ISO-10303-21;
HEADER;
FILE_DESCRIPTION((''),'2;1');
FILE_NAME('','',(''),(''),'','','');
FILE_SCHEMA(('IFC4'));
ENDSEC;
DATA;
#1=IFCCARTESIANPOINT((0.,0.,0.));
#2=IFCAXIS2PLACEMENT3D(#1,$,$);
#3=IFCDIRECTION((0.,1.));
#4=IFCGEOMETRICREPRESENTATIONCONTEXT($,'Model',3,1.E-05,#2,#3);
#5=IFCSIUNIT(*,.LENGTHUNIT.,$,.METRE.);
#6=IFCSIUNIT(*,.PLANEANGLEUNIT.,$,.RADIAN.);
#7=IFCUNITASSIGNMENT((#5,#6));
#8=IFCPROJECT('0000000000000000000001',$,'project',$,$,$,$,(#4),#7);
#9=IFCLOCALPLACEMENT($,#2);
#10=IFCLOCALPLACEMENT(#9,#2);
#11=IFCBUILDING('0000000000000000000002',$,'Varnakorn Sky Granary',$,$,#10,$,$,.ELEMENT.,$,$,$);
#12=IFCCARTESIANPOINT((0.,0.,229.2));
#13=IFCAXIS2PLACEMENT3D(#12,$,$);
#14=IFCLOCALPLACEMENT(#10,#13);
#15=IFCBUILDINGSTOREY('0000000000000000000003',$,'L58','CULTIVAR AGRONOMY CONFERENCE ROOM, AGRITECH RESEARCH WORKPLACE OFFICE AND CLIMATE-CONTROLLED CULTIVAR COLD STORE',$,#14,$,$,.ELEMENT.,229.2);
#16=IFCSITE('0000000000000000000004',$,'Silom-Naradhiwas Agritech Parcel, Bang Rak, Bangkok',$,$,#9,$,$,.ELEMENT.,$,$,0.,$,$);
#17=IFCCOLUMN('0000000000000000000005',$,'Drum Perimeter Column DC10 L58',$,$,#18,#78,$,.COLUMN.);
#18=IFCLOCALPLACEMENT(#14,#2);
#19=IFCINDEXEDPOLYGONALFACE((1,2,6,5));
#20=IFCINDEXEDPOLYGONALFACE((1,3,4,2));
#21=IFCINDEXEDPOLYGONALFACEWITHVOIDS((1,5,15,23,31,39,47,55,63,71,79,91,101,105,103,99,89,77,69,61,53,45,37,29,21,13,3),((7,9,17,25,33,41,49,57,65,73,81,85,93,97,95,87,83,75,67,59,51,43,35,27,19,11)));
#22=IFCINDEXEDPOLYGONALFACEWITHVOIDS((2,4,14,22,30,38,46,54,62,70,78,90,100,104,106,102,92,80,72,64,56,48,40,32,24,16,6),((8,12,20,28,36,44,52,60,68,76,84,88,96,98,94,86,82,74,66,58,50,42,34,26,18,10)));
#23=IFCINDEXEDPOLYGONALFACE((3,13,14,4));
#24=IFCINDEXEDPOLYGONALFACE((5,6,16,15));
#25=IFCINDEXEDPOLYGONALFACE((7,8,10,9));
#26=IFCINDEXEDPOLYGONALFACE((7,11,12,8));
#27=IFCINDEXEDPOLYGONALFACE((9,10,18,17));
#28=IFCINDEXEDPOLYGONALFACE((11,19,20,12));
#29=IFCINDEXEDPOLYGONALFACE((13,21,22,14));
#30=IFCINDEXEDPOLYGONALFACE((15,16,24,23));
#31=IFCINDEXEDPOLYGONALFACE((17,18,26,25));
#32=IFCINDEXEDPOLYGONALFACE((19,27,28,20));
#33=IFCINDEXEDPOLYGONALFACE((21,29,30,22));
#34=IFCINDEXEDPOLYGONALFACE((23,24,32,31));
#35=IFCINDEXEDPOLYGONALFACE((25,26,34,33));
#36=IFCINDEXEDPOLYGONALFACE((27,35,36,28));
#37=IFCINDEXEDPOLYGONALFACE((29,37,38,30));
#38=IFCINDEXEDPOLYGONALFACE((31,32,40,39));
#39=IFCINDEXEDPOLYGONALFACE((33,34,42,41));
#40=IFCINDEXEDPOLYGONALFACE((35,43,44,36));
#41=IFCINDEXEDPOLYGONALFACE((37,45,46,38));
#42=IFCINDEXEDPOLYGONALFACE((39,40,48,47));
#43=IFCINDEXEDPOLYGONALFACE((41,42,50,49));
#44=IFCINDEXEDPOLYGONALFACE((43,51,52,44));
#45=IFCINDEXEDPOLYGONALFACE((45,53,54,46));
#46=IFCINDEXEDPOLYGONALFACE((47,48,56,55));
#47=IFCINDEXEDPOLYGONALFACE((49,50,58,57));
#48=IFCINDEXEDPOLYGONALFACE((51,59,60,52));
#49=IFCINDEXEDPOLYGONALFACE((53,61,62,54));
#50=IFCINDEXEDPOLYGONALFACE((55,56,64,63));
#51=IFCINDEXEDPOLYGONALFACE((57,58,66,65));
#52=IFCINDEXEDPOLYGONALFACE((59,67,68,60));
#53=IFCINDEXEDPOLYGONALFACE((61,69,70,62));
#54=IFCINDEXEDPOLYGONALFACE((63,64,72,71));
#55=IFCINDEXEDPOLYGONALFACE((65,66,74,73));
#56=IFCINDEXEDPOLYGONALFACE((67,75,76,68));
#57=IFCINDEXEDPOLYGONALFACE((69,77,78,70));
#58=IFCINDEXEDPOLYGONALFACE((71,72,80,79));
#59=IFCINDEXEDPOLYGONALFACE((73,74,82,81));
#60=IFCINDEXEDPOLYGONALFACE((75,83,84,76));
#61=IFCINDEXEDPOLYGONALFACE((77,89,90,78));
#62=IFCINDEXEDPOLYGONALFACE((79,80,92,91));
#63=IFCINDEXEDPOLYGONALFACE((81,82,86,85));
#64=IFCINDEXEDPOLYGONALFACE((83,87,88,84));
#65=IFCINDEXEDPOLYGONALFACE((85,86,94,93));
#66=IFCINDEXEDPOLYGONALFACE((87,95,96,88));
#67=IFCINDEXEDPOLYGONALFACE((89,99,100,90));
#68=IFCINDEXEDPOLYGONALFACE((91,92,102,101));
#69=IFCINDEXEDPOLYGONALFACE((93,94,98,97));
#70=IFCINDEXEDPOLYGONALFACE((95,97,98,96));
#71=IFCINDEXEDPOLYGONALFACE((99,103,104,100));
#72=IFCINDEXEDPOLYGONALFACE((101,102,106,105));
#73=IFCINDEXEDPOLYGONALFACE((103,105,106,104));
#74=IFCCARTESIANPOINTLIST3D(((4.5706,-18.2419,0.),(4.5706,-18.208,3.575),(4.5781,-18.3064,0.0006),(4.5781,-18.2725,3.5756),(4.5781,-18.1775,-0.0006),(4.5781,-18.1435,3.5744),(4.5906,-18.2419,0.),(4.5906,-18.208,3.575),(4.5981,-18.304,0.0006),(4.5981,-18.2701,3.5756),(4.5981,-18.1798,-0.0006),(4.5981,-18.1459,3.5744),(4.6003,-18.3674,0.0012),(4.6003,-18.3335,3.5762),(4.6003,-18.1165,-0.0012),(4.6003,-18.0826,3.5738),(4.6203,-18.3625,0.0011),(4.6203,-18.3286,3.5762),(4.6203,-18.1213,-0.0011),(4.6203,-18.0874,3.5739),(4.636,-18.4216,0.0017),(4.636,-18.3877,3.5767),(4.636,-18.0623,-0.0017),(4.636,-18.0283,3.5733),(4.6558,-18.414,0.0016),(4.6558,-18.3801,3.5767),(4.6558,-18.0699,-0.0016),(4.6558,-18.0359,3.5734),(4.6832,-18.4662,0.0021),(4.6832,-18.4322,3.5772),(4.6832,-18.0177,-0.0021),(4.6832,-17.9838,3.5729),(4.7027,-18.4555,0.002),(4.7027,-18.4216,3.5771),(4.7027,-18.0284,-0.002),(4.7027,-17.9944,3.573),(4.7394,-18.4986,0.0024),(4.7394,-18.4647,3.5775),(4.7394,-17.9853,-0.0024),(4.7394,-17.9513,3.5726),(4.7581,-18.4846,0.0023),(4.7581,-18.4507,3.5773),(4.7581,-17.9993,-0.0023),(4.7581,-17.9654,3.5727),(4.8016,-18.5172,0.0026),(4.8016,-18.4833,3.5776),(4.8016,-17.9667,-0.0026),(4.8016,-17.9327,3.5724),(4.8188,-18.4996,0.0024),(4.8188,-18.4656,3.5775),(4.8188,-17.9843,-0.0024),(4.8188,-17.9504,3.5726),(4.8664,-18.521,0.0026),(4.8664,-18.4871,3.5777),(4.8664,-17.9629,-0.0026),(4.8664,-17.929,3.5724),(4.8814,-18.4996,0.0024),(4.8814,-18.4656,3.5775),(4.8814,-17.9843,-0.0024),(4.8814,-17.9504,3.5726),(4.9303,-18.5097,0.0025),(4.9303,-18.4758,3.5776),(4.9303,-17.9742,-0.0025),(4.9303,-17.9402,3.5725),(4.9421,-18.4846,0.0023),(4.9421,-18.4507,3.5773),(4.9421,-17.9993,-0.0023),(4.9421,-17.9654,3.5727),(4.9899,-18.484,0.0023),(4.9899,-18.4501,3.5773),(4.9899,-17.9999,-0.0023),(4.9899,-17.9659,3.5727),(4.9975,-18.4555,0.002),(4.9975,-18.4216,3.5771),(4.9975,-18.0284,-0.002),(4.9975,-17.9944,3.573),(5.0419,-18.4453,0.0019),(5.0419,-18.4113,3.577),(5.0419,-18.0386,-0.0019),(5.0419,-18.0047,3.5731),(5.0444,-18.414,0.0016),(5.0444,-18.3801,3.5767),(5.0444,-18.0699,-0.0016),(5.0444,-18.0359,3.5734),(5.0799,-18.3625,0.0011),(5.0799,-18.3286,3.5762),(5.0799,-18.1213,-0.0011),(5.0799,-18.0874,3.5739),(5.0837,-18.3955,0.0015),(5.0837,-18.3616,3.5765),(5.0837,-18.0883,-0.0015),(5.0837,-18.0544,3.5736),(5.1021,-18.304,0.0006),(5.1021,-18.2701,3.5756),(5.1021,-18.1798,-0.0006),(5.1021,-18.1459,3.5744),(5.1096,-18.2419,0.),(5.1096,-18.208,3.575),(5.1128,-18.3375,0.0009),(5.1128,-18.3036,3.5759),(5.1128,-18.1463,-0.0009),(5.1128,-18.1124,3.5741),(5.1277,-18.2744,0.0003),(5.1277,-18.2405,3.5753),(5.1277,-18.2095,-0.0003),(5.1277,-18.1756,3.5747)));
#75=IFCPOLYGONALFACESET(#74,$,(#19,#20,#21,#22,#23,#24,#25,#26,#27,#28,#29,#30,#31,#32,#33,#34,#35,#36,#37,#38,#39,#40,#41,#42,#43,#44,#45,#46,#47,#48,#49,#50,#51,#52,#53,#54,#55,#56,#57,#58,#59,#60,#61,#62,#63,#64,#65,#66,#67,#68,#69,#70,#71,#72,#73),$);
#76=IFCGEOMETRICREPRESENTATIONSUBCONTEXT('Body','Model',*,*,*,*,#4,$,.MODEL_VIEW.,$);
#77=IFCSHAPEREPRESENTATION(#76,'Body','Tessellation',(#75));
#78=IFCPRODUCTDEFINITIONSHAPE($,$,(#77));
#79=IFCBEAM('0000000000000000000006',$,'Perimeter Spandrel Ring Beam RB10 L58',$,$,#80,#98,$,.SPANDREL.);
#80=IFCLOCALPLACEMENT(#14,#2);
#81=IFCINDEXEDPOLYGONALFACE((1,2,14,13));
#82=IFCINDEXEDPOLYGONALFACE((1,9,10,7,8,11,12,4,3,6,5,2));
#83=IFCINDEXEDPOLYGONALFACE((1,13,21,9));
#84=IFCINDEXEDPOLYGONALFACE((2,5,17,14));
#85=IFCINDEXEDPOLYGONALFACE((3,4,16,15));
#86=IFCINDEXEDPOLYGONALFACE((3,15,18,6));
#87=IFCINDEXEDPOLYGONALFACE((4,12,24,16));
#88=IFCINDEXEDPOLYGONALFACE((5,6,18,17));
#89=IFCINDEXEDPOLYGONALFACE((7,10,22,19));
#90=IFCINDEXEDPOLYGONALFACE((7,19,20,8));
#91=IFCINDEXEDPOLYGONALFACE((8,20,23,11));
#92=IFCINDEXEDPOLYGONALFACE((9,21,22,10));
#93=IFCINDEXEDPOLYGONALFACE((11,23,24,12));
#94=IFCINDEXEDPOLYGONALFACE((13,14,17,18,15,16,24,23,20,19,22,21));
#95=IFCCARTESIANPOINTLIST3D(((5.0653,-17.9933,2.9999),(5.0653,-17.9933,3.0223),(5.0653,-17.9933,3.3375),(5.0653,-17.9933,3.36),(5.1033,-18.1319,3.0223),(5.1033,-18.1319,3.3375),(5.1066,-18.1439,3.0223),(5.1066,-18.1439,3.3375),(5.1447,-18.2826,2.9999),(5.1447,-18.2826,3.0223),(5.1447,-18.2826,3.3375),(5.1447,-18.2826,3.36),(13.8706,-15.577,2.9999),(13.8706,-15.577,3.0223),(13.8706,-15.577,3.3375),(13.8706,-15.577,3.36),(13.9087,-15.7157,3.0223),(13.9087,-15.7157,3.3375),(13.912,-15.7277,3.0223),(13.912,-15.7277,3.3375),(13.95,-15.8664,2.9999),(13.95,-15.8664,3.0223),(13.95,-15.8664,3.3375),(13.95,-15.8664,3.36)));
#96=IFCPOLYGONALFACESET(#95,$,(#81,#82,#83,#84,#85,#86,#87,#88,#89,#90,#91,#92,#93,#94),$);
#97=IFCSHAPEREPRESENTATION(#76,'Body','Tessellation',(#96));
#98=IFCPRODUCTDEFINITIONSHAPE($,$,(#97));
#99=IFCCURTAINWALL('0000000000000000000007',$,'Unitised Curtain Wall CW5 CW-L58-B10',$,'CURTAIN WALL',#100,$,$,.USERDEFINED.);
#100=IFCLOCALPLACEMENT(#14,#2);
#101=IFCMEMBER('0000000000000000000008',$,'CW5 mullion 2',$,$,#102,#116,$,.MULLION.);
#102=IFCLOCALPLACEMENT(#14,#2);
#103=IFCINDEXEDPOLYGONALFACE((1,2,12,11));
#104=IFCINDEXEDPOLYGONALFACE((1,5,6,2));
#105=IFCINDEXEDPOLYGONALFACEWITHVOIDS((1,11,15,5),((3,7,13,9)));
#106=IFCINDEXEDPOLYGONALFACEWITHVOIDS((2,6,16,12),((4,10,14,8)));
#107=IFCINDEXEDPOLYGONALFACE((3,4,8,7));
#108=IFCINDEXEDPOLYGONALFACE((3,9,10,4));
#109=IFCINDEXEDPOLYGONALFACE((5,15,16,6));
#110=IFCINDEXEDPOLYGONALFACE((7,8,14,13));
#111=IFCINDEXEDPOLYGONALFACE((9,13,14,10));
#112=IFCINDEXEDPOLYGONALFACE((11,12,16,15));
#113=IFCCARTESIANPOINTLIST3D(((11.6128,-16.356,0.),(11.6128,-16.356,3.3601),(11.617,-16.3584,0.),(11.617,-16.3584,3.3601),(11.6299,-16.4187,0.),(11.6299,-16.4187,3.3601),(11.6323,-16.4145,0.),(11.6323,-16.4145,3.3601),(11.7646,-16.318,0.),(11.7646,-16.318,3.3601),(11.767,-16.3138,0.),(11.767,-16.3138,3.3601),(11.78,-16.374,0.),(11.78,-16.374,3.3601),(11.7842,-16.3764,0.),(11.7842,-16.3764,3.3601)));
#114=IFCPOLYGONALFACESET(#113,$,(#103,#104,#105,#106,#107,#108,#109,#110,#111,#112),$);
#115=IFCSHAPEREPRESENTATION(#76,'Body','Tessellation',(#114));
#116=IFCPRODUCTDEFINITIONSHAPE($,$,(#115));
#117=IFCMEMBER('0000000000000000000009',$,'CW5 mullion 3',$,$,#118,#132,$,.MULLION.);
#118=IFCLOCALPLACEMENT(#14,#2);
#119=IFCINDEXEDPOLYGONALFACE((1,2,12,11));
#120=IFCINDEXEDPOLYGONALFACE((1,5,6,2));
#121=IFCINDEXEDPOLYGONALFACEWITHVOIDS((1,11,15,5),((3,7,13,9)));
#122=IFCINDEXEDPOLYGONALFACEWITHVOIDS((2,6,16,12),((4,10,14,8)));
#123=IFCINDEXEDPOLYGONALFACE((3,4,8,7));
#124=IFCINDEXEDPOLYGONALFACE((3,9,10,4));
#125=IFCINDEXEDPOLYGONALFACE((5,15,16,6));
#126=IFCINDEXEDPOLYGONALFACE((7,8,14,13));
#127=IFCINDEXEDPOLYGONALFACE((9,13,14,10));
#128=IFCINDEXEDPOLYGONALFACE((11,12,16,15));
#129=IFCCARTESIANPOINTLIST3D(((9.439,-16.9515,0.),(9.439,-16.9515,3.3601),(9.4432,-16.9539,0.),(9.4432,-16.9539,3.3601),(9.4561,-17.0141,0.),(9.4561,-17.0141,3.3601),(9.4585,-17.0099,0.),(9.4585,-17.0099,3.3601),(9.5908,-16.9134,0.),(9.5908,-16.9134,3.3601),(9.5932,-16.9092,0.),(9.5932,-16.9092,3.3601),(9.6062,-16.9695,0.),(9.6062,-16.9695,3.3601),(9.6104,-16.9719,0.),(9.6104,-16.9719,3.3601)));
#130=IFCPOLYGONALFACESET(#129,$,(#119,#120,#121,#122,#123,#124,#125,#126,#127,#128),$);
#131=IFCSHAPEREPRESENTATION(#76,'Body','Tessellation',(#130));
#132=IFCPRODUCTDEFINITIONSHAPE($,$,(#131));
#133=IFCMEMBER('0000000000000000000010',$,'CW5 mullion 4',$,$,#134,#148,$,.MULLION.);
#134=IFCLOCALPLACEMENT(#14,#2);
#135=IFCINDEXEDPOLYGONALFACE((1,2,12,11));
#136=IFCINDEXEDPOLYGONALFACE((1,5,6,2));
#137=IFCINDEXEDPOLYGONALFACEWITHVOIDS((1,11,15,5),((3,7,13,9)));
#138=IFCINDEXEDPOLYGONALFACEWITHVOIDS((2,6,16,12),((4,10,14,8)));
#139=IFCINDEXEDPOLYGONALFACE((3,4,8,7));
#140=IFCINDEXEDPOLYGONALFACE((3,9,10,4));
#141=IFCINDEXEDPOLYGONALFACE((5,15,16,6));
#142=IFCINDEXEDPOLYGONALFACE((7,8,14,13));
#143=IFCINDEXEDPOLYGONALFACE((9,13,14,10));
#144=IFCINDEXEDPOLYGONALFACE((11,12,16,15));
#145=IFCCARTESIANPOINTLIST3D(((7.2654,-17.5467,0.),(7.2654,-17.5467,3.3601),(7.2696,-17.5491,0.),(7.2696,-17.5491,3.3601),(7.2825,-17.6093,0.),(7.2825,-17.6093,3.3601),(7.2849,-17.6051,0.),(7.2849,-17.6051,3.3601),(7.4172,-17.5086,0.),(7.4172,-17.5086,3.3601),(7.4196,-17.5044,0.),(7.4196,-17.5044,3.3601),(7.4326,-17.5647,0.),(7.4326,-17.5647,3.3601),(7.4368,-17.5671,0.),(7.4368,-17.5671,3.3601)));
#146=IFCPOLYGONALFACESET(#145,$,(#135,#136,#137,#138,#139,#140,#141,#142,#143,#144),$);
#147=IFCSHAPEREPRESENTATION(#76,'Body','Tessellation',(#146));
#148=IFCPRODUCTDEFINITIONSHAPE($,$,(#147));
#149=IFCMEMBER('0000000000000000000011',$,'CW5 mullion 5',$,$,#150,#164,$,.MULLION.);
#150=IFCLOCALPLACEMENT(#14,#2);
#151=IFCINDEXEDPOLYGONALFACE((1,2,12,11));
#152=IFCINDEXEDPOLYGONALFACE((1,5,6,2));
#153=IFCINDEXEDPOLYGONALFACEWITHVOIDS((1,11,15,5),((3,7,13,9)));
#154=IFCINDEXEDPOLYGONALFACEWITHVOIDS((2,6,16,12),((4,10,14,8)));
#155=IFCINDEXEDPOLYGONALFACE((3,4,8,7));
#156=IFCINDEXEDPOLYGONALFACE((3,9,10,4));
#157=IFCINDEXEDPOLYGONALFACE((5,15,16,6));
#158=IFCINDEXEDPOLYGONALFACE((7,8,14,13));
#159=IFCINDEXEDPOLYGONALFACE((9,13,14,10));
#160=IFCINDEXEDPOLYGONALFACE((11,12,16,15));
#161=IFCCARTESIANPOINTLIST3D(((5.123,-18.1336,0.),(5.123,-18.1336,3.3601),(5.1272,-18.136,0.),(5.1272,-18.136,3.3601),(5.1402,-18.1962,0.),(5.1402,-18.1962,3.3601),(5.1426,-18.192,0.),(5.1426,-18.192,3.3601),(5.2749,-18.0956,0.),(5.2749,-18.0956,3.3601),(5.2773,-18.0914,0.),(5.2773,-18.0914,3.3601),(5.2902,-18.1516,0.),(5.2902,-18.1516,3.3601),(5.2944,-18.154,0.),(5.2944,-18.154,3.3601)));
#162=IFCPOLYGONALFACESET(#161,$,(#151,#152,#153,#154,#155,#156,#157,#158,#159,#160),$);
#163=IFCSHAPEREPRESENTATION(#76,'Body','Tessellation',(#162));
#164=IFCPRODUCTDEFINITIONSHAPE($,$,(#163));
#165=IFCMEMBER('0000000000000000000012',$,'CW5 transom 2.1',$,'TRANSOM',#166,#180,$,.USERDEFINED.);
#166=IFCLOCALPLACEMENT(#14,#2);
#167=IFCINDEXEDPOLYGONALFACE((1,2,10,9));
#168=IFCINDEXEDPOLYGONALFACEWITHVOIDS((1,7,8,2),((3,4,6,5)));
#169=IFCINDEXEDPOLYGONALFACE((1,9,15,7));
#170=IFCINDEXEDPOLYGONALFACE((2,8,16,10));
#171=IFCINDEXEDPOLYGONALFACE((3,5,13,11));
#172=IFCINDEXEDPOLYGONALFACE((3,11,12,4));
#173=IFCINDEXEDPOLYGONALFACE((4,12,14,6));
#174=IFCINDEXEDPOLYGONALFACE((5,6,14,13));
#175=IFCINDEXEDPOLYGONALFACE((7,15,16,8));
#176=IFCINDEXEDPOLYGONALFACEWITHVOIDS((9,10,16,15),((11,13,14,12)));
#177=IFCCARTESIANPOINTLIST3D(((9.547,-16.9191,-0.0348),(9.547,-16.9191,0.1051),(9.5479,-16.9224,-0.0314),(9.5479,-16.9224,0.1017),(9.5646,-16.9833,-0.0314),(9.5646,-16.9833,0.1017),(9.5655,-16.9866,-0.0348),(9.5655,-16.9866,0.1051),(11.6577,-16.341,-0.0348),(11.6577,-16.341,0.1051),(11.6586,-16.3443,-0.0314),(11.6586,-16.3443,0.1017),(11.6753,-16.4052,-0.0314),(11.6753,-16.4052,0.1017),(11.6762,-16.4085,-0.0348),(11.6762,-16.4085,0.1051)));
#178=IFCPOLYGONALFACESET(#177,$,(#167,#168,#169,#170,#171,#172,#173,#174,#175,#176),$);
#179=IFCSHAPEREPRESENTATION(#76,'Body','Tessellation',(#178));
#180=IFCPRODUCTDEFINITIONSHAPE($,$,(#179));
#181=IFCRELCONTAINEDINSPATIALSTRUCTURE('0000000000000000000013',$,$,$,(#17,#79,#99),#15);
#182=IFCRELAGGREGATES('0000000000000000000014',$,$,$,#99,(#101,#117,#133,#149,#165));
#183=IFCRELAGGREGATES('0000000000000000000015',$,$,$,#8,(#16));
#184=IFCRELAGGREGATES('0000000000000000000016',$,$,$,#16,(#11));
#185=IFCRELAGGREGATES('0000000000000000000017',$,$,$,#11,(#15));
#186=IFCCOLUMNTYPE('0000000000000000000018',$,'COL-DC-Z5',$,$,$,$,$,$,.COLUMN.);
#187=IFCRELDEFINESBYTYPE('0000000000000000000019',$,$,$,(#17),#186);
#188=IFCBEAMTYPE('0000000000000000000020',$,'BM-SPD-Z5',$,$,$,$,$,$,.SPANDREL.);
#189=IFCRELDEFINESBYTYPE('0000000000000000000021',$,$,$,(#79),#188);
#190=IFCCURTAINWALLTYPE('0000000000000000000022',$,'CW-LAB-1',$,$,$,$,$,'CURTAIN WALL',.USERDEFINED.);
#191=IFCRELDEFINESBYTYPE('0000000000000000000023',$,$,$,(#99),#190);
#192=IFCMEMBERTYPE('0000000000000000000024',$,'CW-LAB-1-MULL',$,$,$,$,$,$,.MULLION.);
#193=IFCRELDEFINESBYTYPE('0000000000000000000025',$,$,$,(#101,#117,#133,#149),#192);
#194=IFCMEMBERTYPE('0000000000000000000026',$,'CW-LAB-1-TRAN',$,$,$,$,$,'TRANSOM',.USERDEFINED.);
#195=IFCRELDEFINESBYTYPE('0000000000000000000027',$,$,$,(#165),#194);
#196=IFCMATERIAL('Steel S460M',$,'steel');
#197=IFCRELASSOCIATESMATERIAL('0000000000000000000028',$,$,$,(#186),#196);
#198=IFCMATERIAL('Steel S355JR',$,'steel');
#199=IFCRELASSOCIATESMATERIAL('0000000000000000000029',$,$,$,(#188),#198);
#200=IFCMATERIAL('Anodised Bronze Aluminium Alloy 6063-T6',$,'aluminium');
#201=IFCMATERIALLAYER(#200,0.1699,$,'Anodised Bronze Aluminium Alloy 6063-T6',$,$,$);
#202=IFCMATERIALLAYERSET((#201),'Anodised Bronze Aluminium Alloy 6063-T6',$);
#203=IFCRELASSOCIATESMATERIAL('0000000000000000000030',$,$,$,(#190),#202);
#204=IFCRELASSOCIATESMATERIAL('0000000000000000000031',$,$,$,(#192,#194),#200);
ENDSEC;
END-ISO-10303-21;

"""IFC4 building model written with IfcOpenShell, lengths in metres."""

from ifc_helpers import new_model, si_unit, direction, frame, origin, origin_2d, place, context, subcontext, project, spatial, hollow_rectangle, hollow_circle, i_section, extrude, material, layer, layer_set, material_profile, profile_set, type_object, element, aggregate, save


model = new_model("IFC4")

# Units and contexts
model_context = context("Model", 3, precision=1e-05, world=origin(), true_north=direction((0.0, 1.0)))
body_context = subcontext(model_context, "Body", "Model", "MODEL_VIEW")
ifc_project = project(units=[si_unit("LENGTHUNIT", "METRE"), si_unit("PLANEANGLEUNIT", "RADIAN")], contexts=[model_context])

# Site, building, storey
site_placement = place(None, origin())
site = spatial("IfcSite", under=ifc_project, at=site_placement, Name="Silom-Naradhiwas Agritech Parcel, Bang Rak, Bangkok", CompositionType="ELEMENT", RefElevation=0.0)
building_placement = place(site_placement, origin())
building = spatial("IfcBuilding", under=site, at=building_placement, Name="Varnakorn Sky Granary", CompositionType="ELEMENT")
storey_placement = place(building_placement, frame((0.0, 0.0, 229.2)))
storey = spatial("IfcBuildingStorey", under=building, at=storey_placement, Name="L58", Description="CULTIVAR AGRONOMY CONFERENCE ROOM, AGRITECH RESEARCH WORKPLACE OFFICE AND CLIMATE-CONTROLLED CULTIVAR COLD STORE", CompositionType="ELEMENT", Elevation=229.2)

# Column
ifc_material_1 = material(Name="Steel S460M", Category="steel")
ifc_material_profile_1 = material_profile(ifc_material_1, hollow_circle(Radius=0.2795, WallThickness=0.02, at=origin_2d()), Name="CHS 559x20")
ifc_profile_set_1 = profile_set([ifc_material_profile_1], Name="Steel S460M")
column_type = type_object("IfcColumnType", Name="COL-DC-Z5", PredefinedType="COLUMN", material=ifc_profile_set_1)
column_placement = place(storey_placement, frame((4.8501, -18.2419, 0.0), z_axis=(0.0, 0.009492, 0.999955), x_axis=(-1.0, 0.0, 0.0)))
element("IfcColumn", 1, at=column_placement, inside=storey, type_object=column_type, Name="Drum Perimeter Column DC10 L58", PredefinedType="COLUMN", context=body_context, shape_type="SweptSolid", body=[
    extrude(hollow_circle(Radius=0.2795, WallThickness=0.02, at=origin_2d()), origin(), (0.0, 0.0, 1.0), 3.5752),
])

# Beam
ifc_material_2 = material(Name="Steel S355JR", Category="steel")
ifc_material_profile_2 = material_profile(ifc_material_2, i_section(OverallWidth=0.3, OverallDepth=0.3601, WebThickness=0.0125, FlangeThickness=0.0225, at=origin_2d()), Name="HE 360 B")
ifc_profile_set_2 = profile_set([ifc_material_profile_2], Name="Steel S355JR")
beam_type = type_object("IfcBeamType", Name="BM-SPD-Z5", PredefinedType="SPANDREL", material=ifc_profile_set_2)
beam_placement = place(storey_placement, frame((5.105, -18.1379, 3.1799), z_axis=(0.964352, 0.264624, 0.0), x_axis=(-0.264624, 0.964352, 0.0)))
element("IfcBeam", 2, at=beam_placement, inside=storey, type_object=beam_type, Name="Perimeter Spandrel Ring Beam RB10 L58", PredefinedType="SPANDREL", context=body_context, shape_type="SweptSolid", body=[
    extrude(i_section(OverallWidth=0.3, OverallDepth=0.3601, WebThickness=0.0125, FlangeThickness=0.0225, at=origin_2d()), origin(), (0.0, 0.0, 1.0), 9.1309),
])

# Curtain wall, members
ifc_material_3 = material(Name="Anodised Bronze Aluminium Alloy 6063-T6", Category="aluminium")
ifc_layer_1 = layer(ifc_material_3, 0.1699, Name="Anodised Bronze Aluminium Alloy 6063-T6")
ifc_layer_set_1 = layer_set([ifc_layer_1], Name="Anodised Bronze Aluminium Alloy 6063-T6")
curtain_wall_type = type_object("IfcCurtainWallType", Name="CW-LAB-1", ElementType="CURTAIN WALL", PredefinedType="USERDEFINED", material=ifc_layer_set_1)
curtain_wall_placement = place(storey_placement, origin())
curtain_wall = element("IfcCurtainWall", 3, at=curtain_wall_placement, inside=storey, type_object=curtain_wall_type, Name="Unitised Curtain Wall CW5 CW-L58-B10", ObjectType="CURTAIN WALL", PredefinedType="USERDEFINED")
ifc_material_profile_3 = material_profile(ifc_material_3, hollow_rectangle(XDim=0.0649, YDim=0.1599, WallThickness=0.0034, at=origin_2d()), Name="ALU MULL 65x160")
ifc_profile_set_3 = profile_set([ifc_material_profile_3], Name="Anodised Bronze Aluminium Alloy 6063-T6")
member_type_1 = type_object("IfcMemberType", Name="CW-LAB-1-MULL", PredefinedType="MULLION", material=ifc_profile_set_3)
member_1_placement = place(storey_placement, frame((11.6985, -16.3662, 0.0), z_axis=(0.0, 0.0, 1.0), x_axis=(0.264172, -0.964476, 0.0)))
member_1 = element("IfcMember", 4, at=member_1_placement, type_object=member_type_1, Name="CW5 mullion 2", PredefinedType="MULLION", context=body_context, shape_type="SweptSolid", body=[
    extrude(hollow_rectangle(XDim=0.0649, YDim=0.1599, WallThickness=0.0034, at=origin_2d()), origin(), (0.0, 0.0, 1.0), 3.3601),
])
member_2_placement = place(storey_placement, frame((9.5247, -16.9617, 0.0), z_axis=(0.0, 0.0, 1.0), x_axis=(0.264172, -0.964476, 0.0)))
member_2 = element("IfcMember", 5, at=member_2_placement, type_object=member_type_1, Name="CW5 mullion 3", PredefinedType="MULLION", context=body_context, shape_type="SweptSolid", body=[
    extrude(hollow_rectangle(XDim=0.0649, YDim=0.1599, WallThickness=0.0034, at=origin_2d()), origin(), (0.0, 0.0, 1.0), 3.3601),
])
member_3_placement = place(storey_placement, frame((7.3511, -17.5569, 0.0), z_axis=(0.0, 0.0, 1.0), x_axis=(0.264172, -0.964476, 0.0)))
member_3 = element("IfcMember", 6, at=member_3_placement, type_object=member_type_1, Name="CW5 mullion 4", PredefinedType="MULLION", context=body_context, shape_type="SweptSolid", body=[
    extrude(hollow_rectangle(XDim=0.0649, YDim=0.1599, WallThickness=0.0034, at=origin_2d()), origin(), (0.0, 0.0, 1.0), 3.3601),
])
member_4_placement = place(storey_placement, frame((5.2087, -18.1438, 0.0), z_axis=(0.0, 0.0, 1.0), x_axis=(0.264172, -0.964476, 0.0)))
member_4 = element("IfcMember", 7, at=member_4_placement, type_object=member_type_1, Name="CW5 mullion 5", PredefinedType="MULLION", context=body_context, shape_type="SweptSolid", body=[
    extrude(hollow_rectangle(XDim=0.0649, YDim=0.1599, WallThickness=0.0034, at=origin_2d()), origin(), (0.0, 0.0, 1.0), 3.3601),
])
ifc_material_profile_4 = material_profile(ifc_material_3, hollow_rectangle(XDim=0.0701, YDim=0.1399, WallThickness=0.0034, at=origin_2d()), Name="ALU TRAN 70x140")
ifc_profile_set_4 = profile_set([ifc_material_profile_4], Name="Anodised Bronze Aluminium Alloy 6063-T6")
member_type_2 = type_object("IfcMemberType", Name="CW-LAB-1-TRAN", ElementType="TRANSOM", PredefinedType="USERDEFINED", material=ifc_profile_set_4)
member_5_placement = place(storey_placement, frame((11.667, -16.3748, 0.0352), z_axis=(-0.96448, -0.264156, 0.0), x_axis=(0.264156, -0.96448, 0.0)))
member_5 = element("IfcMember", 8, at=member_5_placement, type_object=member_type_2, Name="CW5 transom 2.1", ObjectType="TRANSOM", PredefinedType="USERDEFINED", context=body_context, shape_type="SweptSolid", body=[
    extrude(hollow_rectangle(XDim=0.0701, YDim=0.1399, WallThickness=0.0034, at=origin_2d()), origin(), (0.0, 0.0, 1.0), 2.1885),
])

aggregate(curtain_wall, [member_1, member_2, member_3, member_4, member_5])

save(model, "model.ifc")
